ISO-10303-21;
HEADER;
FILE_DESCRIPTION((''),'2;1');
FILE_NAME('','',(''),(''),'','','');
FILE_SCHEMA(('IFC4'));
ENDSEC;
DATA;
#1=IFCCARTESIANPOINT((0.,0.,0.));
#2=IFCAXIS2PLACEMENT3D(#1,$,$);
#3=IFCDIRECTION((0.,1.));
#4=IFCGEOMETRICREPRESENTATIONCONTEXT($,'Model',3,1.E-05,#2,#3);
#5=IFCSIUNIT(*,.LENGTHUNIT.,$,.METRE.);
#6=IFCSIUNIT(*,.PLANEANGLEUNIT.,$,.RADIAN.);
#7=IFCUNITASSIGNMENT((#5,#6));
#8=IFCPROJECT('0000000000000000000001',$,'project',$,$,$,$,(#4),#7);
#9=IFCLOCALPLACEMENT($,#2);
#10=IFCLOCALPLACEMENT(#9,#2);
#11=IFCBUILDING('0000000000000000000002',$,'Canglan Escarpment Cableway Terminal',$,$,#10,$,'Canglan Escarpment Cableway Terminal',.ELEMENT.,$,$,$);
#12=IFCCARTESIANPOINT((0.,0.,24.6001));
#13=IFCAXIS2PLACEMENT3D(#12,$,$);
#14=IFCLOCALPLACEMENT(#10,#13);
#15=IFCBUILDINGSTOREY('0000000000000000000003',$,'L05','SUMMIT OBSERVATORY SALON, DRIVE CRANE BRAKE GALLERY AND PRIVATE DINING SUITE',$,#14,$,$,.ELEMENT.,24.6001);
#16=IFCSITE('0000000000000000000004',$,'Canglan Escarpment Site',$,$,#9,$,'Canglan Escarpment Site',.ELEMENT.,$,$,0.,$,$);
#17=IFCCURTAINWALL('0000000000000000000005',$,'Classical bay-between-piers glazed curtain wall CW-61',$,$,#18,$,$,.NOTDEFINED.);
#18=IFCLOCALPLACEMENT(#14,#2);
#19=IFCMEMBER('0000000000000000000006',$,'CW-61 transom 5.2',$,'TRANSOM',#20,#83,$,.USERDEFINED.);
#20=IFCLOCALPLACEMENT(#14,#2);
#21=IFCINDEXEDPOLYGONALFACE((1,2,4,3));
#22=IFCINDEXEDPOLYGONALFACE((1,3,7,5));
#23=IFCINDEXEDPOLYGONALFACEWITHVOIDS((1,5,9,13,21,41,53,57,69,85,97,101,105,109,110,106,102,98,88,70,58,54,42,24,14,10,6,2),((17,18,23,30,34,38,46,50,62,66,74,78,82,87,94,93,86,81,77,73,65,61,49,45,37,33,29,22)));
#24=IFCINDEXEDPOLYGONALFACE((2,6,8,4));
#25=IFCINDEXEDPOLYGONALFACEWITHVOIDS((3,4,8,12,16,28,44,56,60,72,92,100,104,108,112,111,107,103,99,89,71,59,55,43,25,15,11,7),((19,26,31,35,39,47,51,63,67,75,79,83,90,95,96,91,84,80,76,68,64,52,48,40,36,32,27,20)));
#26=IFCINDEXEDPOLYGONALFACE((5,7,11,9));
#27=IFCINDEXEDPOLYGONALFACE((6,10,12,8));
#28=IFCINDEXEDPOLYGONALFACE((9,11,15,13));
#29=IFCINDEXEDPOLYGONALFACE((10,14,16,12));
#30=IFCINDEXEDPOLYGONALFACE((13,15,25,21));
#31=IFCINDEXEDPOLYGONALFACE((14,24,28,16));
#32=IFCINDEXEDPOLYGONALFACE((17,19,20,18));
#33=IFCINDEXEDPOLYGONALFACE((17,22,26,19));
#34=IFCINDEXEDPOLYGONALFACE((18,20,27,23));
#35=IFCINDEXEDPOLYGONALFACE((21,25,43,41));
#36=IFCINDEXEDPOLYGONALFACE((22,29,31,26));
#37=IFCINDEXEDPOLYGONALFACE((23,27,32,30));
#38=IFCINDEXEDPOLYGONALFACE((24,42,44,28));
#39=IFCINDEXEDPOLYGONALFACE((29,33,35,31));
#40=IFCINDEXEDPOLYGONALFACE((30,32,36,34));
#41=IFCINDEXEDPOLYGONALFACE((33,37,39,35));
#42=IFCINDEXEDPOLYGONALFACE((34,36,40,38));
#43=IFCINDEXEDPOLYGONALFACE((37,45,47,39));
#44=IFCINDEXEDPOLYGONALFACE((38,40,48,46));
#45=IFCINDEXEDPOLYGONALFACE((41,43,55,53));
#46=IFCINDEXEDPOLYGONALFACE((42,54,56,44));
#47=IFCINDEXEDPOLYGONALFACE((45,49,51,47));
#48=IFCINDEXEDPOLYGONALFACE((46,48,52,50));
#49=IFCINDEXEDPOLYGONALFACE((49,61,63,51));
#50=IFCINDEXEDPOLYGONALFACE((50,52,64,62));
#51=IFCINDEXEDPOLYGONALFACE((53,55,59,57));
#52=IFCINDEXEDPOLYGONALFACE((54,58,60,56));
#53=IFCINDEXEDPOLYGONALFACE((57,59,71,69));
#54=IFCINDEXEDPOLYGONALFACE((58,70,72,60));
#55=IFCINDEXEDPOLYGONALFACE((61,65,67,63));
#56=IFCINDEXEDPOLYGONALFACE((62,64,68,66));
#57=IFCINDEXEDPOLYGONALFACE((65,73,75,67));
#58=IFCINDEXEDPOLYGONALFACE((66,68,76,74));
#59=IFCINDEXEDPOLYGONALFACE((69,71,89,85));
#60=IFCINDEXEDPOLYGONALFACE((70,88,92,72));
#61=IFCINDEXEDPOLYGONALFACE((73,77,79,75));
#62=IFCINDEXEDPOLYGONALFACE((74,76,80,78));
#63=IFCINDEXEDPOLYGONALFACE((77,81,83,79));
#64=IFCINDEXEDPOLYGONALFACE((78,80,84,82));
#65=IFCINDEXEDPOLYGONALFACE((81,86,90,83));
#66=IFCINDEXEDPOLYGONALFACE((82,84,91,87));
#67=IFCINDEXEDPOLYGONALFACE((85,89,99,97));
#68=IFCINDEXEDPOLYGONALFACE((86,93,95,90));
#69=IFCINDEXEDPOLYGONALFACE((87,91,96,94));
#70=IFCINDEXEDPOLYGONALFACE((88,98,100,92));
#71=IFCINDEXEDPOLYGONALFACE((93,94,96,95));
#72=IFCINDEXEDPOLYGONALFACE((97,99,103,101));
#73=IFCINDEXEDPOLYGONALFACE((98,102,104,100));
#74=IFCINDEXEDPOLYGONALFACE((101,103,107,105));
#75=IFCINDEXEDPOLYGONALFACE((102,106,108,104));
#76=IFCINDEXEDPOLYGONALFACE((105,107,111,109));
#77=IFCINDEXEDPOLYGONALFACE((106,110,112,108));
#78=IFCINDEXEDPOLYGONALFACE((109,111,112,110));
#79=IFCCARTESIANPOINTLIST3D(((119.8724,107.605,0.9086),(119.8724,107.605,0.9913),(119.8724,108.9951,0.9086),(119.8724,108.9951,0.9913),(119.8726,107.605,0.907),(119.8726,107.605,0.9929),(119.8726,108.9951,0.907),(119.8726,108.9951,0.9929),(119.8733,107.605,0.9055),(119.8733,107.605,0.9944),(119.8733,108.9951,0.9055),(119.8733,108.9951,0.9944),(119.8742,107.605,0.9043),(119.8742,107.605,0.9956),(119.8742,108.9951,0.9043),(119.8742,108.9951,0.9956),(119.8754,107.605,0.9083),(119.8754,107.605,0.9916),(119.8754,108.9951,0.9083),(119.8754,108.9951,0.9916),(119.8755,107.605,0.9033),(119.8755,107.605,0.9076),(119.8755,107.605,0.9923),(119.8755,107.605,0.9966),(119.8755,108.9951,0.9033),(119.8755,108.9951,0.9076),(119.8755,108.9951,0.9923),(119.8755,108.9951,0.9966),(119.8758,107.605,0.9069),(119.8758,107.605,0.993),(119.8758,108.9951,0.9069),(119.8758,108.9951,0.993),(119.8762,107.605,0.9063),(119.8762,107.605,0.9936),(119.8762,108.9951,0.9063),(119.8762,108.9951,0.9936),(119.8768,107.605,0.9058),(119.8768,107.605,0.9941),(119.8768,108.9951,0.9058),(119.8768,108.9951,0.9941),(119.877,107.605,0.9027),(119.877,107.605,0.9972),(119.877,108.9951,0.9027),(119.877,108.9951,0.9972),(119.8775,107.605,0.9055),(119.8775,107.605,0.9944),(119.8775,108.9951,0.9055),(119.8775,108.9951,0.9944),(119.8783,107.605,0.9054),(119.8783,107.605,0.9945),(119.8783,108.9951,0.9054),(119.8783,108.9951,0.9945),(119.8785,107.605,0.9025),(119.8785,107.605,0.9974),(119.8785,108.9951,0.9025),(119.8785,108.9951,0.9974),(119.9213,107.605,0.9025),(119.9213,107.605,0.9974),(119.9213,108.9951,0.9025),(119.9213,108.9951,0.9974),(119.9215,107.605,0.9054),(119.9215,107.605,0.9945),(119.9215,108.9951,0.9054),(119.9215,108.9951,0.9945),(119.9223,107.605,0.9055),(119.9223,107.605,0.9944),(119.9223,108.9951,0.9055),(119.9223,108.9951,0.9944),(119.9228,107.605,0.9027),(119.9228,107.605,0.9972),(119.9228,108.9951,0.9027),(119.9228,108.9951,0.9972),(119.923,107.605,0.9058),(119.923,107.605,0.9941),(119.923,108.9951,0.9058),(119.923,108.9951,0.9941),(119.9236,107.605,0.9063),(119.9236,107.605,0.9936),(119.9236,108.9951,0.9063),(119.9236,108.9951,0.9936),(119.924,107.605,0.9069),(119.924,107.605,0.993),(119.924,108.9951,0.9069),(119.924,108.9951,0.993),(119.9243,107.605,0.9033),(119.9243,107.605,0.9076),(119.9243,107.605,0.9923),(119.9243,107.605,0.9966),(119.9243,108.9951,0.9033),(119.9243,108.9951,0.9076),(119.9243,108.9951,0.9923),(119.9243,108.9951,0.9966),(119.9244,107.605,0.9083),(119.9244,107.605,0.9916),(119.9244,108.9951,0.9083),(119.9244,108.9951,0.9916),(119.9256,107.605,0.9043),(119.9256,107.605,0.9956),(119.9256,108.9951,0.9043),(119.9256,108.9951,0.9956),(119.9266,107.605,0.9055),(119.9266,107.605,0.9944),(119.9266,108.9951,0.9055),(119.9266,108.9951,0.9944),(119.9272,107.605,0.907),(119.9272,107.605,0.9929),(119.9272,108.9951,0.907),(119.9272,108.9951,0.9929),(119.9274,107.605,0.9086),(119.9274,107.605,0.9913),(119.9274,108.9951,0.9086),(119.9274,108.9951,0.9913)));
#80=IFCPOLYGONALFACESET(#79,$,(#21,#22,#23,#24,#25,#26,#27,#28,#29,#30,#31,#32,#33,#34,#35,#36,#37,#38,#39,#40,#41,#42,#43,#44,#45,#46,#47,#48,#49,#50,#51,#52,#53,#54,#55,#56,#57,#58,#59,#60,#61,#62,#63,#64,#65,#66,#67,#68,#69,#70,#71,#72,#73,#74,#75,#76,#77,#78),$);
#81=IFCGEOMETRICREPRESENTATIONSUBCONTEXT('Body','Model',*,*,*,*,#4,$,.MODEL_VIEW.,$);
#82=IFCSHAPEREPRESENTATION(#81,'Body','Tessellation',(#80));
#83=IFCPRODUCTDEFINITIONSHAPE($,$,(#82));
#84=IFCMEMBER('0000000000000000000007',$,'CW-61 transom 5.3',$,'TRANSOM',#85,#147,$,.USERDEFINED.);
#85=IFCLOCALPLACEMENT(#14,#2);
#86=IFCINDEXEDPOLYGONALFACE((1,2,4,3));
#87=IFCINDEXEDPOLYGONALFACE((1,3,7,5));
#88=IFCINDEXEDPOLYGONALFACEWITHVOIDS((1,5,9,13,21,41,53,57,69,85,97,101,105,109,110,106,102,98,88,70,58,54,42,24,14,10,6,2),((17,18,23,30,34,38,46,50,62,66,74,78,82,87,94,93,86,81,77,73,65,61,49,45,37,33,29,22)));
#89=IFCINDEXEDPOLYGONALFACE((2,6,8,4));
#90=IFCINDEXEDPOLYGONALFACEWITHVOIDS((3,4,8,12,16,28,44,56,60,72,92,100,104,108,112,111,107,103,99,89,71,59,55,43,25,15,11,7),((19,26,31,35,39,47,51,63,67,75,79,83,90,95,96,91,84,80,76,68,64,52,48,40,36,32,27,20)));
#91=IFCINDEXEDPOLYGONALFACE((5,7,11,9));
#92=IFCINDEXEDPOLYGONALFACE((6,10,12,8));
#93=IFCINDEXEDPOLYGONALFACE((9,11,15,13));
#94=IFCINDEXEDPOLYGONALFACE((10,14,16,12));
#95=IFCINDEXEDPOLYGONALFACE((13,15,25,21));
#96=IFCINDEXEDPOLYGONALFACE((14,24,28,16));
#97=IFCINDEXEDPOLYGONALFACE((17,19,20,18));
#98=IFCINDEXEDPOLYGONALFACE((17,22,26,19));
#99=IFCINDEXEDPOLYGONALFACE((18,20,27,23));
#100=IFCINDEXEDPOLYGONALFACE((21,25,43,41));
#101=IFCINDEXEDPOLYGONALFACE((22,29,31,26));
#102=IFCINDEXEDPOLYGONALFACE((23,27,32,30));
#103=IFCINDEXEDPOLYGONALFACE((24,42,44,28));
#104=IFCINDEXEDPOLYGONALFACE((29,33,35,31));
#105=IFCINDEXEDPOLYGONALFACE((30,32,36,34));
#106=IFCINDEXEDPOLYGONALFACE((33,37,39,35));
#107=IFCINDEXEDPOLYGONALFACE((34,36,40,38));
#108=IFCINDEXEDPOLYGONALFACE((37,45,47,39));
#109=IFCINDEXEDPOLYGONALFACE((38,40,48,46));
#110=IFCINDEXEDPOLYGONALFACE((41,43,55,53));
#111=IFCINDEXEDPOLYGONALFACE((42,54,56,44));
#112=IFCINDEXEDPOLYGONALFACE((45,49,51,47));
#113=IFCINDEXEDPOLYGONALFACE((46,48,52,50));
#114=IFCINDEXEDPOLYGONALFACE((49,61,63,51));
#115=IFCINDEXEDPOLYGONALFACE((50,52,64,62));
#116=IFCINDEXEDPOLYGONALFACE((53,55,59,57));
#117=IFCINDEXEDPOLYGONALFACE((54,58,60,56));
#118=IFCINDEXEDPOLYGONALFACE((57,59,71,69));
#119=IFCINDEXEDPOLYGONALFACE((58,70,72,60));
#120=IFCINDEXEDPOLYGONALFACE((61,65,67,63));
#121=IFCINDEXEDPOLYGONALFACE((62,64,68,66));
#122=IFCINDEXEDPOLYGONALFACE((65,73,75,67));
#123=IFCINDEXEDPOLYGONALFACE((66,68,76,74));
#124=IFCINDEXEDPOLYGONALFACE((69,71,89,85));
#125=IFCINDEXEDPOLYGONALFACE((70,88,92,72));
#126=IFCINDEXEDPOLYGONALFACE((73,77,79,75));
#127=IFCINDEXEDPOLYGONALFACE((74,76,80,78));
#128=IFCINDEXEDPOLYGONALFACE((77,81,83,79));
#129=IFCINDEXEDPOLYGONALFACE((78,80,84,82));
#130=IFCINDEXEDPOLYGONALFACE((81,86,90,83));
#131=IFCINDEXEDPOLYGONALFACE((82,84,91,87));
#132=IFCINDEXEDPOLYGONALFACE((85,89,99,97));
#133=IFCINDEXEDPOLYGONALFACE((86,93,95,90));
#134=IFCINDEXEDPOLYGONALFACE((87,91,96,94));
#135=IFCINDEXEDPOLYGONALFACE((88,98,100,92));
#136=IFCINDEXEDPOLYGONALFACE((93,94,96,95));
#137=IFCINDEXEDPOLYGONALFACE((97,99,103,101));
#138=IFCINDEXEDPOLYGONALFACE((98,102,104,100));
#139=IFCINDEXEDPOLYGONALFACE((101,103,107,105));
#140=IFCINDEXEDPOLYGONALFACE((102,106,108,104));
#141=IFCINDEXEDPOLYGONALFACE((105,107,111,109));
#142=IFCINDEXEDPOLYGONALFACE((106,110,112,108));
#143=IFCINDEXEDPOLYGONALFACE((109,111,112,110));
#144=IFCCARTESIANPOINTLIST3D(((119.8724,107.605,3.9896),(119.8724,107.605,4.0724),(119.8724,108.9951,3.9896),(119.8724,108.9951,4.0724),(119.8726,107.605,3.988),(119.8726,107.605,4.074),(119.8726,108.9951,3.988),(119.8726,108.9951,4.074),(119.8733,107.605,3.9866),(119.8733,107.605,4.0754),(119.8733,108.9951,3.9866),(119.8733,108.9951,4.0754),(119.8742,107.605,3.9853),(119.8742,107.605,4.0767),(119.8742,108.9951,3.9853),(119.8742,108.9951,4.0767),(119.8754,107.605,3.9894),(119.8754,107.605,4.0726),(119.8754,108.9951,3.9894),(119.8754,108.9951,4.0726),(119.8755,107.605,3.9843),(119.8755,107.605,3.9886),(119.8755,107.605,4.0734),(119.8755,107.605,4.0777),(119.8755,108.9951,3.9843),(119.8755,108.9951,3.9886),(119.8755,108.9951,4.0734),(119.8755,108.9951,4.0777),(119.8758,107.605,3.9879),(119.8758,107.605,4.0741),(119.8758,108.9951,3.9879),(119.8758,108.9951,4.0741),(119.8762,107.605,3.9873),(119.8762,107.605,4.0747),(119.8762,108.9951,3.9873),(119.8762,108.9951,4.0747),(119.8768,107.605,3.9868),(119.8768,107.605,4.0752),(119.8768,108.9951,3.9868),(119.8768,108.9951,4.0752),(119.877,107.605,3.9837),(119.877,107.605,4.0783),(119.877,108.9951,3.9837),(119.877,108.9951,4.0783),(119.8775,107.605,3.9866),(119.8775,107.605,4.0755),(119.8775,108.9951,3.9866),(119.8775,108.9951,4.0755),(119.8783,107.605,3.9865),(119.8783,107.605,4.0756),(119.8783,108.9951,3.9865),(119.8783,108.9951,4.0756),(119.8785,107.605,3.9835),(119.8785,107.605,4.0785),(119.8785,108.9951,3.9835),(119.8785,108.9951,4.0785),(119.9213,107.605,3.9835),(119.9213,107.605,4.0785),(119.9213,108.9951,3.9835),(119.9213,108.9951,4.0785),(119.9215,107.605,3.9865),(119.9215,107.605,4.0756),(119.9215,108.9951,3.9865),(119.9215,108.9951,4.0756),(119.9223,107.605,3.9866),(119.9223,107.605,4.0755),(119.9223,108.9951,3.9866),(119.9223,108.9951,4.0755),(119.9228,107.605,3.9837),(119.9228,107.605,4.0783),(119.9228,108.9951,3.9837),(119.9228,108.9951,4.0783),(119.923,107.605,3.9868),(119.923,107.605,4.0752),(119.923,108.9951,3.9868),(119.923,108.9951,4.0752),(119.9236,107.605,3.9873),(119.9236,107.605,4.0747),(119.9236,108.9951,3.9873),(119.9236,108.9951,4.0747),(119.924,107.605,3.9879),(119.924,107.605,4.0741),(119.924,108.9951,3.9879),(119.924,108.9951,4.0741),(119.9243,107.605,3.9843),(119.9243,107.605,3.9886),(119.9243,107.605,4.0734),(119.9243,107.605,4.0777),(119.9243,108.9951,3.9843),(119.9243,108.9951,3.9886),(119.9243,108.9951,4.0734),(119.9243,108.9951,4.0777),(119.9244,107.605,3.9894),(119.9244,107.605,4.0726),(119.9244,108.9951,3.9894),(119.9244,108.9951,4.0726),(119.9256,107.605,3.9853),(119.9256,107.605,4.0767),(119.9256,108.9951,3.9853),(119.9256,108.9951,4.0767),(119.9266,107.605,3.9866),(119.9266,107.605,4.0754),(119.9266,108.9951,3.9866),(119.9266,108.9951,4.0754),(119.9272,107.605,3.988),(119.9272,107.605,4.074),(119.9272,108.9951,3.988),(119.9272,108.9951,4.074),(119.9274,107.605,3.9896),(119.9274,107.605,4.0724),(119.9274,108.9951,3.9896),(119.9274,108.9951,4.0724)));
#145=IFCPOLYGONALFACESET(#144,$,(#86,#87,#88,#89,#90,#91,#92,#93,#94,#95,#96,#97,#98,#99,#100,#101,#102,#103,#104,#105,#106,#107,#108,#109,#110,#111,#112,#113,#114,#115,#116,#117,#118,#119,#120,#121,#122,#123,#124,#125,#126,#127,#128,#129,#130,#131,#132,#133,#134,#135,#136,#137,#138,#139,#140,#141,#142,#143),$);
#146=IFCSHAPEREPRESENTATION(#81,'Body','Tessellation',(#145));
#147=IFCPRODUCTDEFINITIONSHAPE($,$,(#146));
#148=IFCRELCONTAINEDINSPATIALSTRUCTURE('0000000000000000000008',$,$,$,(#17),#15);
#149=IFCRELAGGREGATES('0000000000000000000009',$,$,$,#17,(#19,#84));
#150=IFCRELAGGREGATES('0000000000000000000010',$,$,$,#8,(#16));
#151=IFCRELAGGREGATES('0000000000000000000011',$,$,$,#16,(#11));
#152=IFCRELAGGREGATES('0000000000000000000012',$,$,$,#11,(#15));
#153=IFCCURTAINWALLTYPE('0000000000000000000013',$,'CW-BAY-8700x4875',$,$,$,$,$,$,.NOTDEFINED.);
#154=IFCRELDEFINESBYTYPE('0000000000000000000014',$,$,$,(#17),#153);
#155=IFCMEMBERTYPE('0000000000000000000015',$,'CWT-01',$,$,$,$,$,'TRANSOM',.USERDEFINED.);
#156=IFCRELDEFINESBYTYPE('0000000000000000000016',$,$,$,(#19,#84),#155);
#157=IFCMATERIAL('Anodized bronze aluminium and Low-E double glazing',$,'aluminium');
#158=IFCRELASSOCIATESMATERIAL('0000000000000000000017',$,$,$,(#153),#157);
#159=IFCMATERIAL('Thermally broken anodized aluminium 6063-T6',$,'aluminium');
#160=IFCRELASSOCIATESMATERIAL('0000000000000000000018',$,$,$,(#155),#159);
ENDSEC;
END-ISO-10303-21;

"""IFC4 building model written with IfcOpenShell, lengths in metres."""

from ifc_helpers import new_model, si_unit, direction, frame, origin, origin_2d, place, context, subcontext, project, spatial, hollow_rectangle, extrude, material, material_profile, profile_set, type_object, element, aggregate, save


model = new_model("IFC4")

# Units and contexts
model_context = context("Model", 3, precision=1e-05, world=origin(), true_north=direction((0.0, 1.0)))
body_context = subcontext(model_context, "Body", "Model", "MODEL_VIEW")
ifc_project = project(units=[si_unit("LENGTHUNIT", "METRE"), si_unit("PLANEANGLEUNIT", "RADIAN")], contexts=[model_context])

# Site, building, storey
site_placement = place(None, origin())
site = spatial("IfcSite", under=ifc_project, at=site_placement, Name="Canglan Escarpment Site", LongName="Canglan Escarpment Site", CompositionType="ELEMENT", RefElevation=0.0)
building_placement = place(site_placement, origin())
building = spatial("IfcBuilding", under=site, at=building_placement, Name="Canglan Escarpment Cableway Terminal", LongName="Canglan Escarpment Cableway Terminal", CompositionType="ELEMENT")
storey_placement = place(building_placement, frame((0.0, 0.0, 24.6001)))
storey = spatial("IfcBuildingStorey", under=building, at=storey_placement, Name="L05", Description="SUMMIT OBSERVATORY SALON, DRIVE CRANE BRAKE GALLERY AND PRIVATE DINING SUITE", CompositionType="ELEMENT", Elevation=24.6001)

# Curtain wall, members
ifc_material_1 = material(Name="Anodized bronze aluminium and Low-E double glazing", Category="aluminium")
curtain_wall_type = type_object("IfcCurtainWallType", Name="CW-BAY-8700x4875", PredefinedType="NOTDEFINED", material=ifc_material_1)
curtain_wall_placement = place(storey_placement, origin())
curtain_wall = element("IfcCurtainWall", 1, at=curtain_wall_placement, inside=storey, type_object=curtain_wall_type, Name="Classical bay-between-piers glazed curtain wall CW-61", PredefinedType="NOTDEFINED")
ifc_material_2 = material(Name="Thermally broken anodized aluminium 6063-T6", Category="aluminium")
ifc_material_profile_1 = material_profile(ifc_material_2, hollow_rectangle(XDim=0.0549, YDim=0.095, WallThickness=0.0029, InnerFilletRadius=0.0029, OuterFilletRadius=0.0061, at=origin_2d()), Name="ALU-TRAN 55x95x3")
ifc_profile_set_1 = profile_set([ifc_material_profile_1], Name="Thermally broken anodized aluminium 6063-T6")
member_type_1 = type_object("IfcMemberType", Name="CWT-01", ElementType="TRANSOM", PredefinedType="USERDEFINED", material=ifc_profile_set_1)
member_1_placement = place(storey_placement, frame((119.8999, 108.9951, 0.95), z_axis=(0.0, -1.0, 0.0), x_axis=(1.0, 0.0, 0.0)))
member_1 = element("IfcMember", 2, at=member_1_placement, type_object=member_type_1, Name="CW-61 transom 5.2", ObjectType="TRANSOM", PredefinedType="USERDEFINED", context=body_context, shape_type="SweptSolid", body=[
    extrude(hollow_rectangle(XDim=0.0549, YDim=0.095, WallThickness=0.0029, InnerFilletRadius=0.0029, OuterFilletRadius=0.0061, at=origin_2d()), origin(), (0.0, 0.0, 1.0), 1.3901),
])
member_2_placement = place(storey_placement, frame((119.8999, 108.9951, 4.031), z_axis=(0.0, -1.0, 0.0), x_axis=(1.0, 0.0, 0.0)))
member_2 = element("IfcMember", 3, at=member_2_placement, type_object=member_type_1, Name="CW-61 transom 5.3", ObjectType="TRANSOM", PredefinedType="USERDEFINED", context=body_context, shape_type="SweptSolid", body=[
    extrude(hollow_rectangle(XDim=0.0549, YDim=0.095, WallThickness=0.0029, InnerFilletRadius=0.0029, OuterFilletRadius=0.0061, at=origin_2d()), origin(), (0.0, 0.0, 1.0), 1.3901),
])
aggregate(curtain_wall, [member_1, member_2])

save(model, "model.ifc")
